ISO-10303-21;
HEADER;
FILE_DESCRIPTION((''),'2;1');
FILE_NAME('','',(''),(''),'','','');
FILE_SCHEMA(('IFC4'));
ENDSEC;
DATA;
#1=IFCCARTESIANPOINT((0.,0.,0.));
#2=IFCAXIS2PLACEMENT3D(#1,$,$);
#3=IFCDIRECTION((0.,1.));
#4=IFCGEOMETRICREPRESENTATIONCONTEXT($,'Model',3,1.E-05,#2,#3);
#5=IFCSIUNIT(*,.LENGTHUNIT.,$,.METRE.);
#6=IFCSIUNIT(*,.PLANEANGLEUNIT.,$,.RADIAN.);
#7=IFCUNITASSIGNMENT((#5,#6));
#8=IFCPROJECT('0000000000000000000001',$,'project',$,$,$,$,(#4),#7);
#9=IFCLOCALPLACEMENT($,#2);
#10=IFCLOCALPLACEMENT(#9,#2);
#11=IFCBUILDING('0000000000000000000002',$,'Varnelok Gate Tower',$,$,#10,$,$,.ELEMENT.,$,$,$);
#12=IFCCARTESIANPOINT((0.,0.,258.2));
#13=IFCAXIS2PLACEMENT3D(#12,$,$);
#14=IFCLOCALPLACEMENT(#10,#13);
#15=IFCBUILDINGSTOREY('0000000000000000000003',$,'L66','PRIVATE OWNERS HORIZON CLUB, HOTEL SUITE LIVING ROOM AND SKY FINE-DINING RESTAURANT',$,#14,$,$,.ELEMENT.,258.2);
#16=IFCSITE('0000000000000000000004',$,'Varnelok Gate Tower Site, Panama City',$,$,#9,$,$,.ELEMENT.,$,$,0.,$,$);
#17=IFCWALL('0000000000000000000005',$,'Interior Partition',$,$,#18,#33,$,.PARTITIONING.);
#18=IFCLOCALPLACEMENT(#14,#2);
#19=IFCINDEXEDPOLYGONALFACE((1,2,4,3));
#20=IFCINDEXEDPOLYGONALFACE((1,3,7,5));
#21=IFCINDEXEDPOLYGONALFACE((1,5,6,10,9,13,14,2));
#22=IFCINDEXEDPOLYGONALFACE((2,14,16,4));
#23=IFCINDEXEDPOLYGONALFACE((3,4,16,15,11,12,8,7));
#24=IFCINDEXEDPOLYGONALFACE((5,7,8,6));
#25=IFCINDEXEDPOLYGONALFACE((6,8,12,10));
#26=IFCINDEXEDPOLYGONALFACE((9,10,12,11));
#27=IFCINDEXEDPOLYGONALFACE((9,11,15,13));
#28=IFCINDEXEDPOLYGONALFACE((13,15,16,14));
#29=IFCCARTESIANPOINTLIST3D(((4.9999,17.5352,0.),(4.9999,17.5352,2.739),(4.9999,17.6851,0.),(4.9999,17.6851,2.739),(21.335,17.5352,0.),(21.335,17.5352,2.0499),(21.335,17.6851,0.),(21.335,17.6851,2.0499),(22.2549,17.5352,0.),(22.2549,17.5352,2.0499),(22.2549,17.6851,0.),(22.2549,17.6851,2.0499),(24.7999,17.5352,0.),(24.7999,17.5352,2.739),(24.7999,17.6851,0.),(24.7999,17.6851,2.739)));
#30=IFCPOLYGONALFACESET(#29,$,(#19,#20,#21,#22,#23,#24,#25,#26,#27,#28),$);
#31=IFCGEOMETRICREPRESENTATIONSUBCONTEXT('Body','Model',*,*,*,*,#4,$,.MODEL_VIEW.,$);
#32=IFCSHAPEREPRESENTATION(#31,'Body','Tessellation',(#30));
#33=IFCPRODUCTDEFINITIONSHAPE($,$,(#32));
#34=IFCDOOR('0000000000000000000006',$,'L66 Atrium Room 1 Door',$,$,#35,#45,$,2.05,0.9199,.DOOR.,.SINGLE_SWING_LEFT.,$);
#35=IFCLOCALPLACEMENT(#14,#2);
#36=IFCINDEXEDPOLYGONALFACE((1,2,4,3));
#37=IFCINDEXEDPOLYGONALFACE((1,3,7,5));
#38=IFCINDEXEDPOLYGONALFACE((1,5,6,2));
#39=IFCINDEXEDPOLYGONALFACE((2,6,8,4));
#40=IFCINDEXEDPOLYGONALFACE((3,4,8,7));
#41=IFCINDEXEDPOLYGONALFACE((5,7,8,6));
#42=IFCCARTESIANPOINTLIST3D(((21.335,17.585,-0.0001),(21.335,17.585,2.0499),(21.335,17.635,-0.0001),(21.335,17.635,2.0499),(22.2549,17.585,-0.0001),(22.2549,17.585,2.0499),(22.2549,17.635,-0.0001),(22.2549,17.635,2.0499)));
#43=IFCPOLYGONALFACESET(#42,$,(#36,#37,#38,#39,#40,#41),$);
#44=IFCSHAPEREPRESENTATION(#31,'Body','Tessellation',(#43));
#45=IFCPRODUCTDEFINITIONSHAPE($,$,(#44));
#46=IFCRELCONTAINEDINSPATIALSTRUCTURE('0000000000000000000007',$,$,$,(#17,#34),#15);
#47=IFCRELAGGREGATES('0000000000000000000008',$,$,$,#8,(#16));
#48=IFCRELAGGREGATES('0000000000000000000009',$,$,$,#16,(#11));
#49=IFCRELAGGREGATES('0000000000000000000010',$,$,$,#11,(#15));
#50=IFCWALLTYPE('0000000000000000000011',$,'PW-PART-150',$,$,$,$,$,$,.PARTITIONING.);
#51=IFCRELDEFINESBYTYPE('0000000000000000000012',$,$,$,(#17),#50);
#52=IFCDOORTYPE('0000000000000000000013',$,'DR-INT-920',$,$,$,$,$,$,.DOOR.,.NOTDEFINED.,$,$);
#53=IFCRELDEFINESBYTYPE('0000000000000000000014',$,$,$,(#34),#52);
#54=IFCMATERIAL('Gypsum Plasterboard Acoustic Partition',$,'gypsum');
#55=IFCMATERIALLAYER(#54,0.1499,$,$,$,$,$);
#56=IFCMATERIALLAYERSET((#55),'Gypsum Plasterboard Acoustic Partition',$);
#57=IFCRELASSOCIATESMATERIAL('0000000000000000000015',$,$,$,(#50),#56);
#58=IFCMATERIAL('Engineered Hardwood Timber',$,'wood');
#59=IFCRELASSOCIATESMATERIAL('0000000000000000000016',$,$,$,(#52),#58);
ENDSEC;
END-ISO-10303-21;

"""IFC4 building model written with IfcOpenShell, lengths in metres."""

from ifc_helpers import new_model, si_unit, direction, frame, frame_2d, origin, place, context, subcontext, project, spatial, rectangle, extrude, material, layer, layer_set, type_object, element, fill, save


model = new_model("IFC4")

# Units and contexts
model_context = context("Model", 3, precision=1e-05, world=origin(), true_north=direction((0.0, 1.0)))
body_context = subcontext(model_context, "Body", "Model", "MODEL_VIEW")
ifc_project = project(units=[si_unit("LENGTHUNIT", "METRE"), si_unit("PLANEANGLEUNIT", "RADIAN")], contexts=[model_context])

# Site, building, storey
site_placement = place(None, origin())
site = spatial("IfcSite", under=ifc_project, at=site_placement, Name="Varnelok Gate Tower Site, Panama City", CompositionType="ELEMENT", RefElevation=0.0)
building_placement = place(site_placement, origin())
building = spatial("IfcBuilding", under=site, at=building_placement, Name="Varnelok Gate Tower", CompositionType="ELEMENT")
storey_placement = place(building_placement, frame((0.0, 0.0, 258.2)))
storey = spatial("IfcBuildingStorey", under=building, at=storey_placement, Name="L66", Description="PRIVATE OWNERS HORIZON CLUB, HOTEL SUITE LIVING ROOM AND SKY FINE-DINING RESTAURANT", CompositionType="ELEMENT", Elevation=258.2)

# Shared definitions
ifc_material_1 = material(Name="Gypsum Plasterboard Acoustic Partition", Category="gypsum")
ifc_material_2 = material(Name="Engineered Hardwood Timber", Category="wood")

# Wall, opening, door
ifc_layer_1 = layer(ifc_material_1, 0.1499)
ifc_layer_set_1 = layer_set([ifc_layer_1], Name="Gypsum Plasterboard Acoustic Partition")
wall_type_1 = type_object("IfcWallType", Name="PW-PART-150", PredefinedType="PARTITIONING", material=ifc_layer_set_1)
wall_1_placement = place(storey_placement, frame((5.0, 17.6101, 0.0), z_axis=(0.0, 0.0, 1.0), x_axis=(1.0, 0.0, 0.0)))
wall_1 = element("IfcWall", 1, at=wall_1_placement, inside=storey, type_object=wall_type_1, Name="Interior Partition", PredefinedType="PARTITIONING", context=body_context, shape_type="SweptSolid", body=[
    extrude(rectangle(XDim=19.8, YDim=0.1499, at=frame_2d((9.8999, 0.0))), origin(), (0.0, 0.0, 1.0), 2.739),
])
opening_1_placement = place(wall_1_placement, frame((16.335, 0.0, 0.0)))
opening_1 = element("IfcOpeningElement", 2, at=opening_1_placement, cuts=wall_1, PredefinedType="OPENING", context=body_context, shape_type="SweptSolid", body=[
    extrude(rectangle(XDim=0.9199, YDim=2.05, at=frame_2d((0.46, 1.0249))), frame((0.0, 0.085, 0.0), z_axis=(0.0, -1.0, 0.0), x_axis=(1.0, 0.0, 0.0)), (0.0, 0.0, 1.0), 0.1699),
])
door_type_1 = type_object("IfcDoorType", Name="DR-INT-920", OperationType="NOTDEFINED", PredefinedType="DOOR", material=ifc_material_2)
door_1_placement = place(opening_1_placement, origin())
door_1 = element("IfcDoor", 3, at=door_1_placement, inside=storey, type_object=door_type_1, Name="L66 Atrium Room 1 Door", OperationType="SINGLE_SWING_LEFT", OverallHeight=2.05, OverallWidth=0.9199, PredefinedType="DOOR", context=body_context, shape_type="SweptSolid", body=[
    extrude(rectangle(XDim=0.9199, YDim=2.05, at=frame_2d((0.46, 1.0249))), frame((0.0, 0.0249, 0.0), z_axis=(0.0, -1.0, 0.0), x_axis=(1.0, 0.0, 0.0)), (0.0, 0.0, 1.0), 0.05),
])
fill(opening_1, door_1)

save(model, "model.ifc")
